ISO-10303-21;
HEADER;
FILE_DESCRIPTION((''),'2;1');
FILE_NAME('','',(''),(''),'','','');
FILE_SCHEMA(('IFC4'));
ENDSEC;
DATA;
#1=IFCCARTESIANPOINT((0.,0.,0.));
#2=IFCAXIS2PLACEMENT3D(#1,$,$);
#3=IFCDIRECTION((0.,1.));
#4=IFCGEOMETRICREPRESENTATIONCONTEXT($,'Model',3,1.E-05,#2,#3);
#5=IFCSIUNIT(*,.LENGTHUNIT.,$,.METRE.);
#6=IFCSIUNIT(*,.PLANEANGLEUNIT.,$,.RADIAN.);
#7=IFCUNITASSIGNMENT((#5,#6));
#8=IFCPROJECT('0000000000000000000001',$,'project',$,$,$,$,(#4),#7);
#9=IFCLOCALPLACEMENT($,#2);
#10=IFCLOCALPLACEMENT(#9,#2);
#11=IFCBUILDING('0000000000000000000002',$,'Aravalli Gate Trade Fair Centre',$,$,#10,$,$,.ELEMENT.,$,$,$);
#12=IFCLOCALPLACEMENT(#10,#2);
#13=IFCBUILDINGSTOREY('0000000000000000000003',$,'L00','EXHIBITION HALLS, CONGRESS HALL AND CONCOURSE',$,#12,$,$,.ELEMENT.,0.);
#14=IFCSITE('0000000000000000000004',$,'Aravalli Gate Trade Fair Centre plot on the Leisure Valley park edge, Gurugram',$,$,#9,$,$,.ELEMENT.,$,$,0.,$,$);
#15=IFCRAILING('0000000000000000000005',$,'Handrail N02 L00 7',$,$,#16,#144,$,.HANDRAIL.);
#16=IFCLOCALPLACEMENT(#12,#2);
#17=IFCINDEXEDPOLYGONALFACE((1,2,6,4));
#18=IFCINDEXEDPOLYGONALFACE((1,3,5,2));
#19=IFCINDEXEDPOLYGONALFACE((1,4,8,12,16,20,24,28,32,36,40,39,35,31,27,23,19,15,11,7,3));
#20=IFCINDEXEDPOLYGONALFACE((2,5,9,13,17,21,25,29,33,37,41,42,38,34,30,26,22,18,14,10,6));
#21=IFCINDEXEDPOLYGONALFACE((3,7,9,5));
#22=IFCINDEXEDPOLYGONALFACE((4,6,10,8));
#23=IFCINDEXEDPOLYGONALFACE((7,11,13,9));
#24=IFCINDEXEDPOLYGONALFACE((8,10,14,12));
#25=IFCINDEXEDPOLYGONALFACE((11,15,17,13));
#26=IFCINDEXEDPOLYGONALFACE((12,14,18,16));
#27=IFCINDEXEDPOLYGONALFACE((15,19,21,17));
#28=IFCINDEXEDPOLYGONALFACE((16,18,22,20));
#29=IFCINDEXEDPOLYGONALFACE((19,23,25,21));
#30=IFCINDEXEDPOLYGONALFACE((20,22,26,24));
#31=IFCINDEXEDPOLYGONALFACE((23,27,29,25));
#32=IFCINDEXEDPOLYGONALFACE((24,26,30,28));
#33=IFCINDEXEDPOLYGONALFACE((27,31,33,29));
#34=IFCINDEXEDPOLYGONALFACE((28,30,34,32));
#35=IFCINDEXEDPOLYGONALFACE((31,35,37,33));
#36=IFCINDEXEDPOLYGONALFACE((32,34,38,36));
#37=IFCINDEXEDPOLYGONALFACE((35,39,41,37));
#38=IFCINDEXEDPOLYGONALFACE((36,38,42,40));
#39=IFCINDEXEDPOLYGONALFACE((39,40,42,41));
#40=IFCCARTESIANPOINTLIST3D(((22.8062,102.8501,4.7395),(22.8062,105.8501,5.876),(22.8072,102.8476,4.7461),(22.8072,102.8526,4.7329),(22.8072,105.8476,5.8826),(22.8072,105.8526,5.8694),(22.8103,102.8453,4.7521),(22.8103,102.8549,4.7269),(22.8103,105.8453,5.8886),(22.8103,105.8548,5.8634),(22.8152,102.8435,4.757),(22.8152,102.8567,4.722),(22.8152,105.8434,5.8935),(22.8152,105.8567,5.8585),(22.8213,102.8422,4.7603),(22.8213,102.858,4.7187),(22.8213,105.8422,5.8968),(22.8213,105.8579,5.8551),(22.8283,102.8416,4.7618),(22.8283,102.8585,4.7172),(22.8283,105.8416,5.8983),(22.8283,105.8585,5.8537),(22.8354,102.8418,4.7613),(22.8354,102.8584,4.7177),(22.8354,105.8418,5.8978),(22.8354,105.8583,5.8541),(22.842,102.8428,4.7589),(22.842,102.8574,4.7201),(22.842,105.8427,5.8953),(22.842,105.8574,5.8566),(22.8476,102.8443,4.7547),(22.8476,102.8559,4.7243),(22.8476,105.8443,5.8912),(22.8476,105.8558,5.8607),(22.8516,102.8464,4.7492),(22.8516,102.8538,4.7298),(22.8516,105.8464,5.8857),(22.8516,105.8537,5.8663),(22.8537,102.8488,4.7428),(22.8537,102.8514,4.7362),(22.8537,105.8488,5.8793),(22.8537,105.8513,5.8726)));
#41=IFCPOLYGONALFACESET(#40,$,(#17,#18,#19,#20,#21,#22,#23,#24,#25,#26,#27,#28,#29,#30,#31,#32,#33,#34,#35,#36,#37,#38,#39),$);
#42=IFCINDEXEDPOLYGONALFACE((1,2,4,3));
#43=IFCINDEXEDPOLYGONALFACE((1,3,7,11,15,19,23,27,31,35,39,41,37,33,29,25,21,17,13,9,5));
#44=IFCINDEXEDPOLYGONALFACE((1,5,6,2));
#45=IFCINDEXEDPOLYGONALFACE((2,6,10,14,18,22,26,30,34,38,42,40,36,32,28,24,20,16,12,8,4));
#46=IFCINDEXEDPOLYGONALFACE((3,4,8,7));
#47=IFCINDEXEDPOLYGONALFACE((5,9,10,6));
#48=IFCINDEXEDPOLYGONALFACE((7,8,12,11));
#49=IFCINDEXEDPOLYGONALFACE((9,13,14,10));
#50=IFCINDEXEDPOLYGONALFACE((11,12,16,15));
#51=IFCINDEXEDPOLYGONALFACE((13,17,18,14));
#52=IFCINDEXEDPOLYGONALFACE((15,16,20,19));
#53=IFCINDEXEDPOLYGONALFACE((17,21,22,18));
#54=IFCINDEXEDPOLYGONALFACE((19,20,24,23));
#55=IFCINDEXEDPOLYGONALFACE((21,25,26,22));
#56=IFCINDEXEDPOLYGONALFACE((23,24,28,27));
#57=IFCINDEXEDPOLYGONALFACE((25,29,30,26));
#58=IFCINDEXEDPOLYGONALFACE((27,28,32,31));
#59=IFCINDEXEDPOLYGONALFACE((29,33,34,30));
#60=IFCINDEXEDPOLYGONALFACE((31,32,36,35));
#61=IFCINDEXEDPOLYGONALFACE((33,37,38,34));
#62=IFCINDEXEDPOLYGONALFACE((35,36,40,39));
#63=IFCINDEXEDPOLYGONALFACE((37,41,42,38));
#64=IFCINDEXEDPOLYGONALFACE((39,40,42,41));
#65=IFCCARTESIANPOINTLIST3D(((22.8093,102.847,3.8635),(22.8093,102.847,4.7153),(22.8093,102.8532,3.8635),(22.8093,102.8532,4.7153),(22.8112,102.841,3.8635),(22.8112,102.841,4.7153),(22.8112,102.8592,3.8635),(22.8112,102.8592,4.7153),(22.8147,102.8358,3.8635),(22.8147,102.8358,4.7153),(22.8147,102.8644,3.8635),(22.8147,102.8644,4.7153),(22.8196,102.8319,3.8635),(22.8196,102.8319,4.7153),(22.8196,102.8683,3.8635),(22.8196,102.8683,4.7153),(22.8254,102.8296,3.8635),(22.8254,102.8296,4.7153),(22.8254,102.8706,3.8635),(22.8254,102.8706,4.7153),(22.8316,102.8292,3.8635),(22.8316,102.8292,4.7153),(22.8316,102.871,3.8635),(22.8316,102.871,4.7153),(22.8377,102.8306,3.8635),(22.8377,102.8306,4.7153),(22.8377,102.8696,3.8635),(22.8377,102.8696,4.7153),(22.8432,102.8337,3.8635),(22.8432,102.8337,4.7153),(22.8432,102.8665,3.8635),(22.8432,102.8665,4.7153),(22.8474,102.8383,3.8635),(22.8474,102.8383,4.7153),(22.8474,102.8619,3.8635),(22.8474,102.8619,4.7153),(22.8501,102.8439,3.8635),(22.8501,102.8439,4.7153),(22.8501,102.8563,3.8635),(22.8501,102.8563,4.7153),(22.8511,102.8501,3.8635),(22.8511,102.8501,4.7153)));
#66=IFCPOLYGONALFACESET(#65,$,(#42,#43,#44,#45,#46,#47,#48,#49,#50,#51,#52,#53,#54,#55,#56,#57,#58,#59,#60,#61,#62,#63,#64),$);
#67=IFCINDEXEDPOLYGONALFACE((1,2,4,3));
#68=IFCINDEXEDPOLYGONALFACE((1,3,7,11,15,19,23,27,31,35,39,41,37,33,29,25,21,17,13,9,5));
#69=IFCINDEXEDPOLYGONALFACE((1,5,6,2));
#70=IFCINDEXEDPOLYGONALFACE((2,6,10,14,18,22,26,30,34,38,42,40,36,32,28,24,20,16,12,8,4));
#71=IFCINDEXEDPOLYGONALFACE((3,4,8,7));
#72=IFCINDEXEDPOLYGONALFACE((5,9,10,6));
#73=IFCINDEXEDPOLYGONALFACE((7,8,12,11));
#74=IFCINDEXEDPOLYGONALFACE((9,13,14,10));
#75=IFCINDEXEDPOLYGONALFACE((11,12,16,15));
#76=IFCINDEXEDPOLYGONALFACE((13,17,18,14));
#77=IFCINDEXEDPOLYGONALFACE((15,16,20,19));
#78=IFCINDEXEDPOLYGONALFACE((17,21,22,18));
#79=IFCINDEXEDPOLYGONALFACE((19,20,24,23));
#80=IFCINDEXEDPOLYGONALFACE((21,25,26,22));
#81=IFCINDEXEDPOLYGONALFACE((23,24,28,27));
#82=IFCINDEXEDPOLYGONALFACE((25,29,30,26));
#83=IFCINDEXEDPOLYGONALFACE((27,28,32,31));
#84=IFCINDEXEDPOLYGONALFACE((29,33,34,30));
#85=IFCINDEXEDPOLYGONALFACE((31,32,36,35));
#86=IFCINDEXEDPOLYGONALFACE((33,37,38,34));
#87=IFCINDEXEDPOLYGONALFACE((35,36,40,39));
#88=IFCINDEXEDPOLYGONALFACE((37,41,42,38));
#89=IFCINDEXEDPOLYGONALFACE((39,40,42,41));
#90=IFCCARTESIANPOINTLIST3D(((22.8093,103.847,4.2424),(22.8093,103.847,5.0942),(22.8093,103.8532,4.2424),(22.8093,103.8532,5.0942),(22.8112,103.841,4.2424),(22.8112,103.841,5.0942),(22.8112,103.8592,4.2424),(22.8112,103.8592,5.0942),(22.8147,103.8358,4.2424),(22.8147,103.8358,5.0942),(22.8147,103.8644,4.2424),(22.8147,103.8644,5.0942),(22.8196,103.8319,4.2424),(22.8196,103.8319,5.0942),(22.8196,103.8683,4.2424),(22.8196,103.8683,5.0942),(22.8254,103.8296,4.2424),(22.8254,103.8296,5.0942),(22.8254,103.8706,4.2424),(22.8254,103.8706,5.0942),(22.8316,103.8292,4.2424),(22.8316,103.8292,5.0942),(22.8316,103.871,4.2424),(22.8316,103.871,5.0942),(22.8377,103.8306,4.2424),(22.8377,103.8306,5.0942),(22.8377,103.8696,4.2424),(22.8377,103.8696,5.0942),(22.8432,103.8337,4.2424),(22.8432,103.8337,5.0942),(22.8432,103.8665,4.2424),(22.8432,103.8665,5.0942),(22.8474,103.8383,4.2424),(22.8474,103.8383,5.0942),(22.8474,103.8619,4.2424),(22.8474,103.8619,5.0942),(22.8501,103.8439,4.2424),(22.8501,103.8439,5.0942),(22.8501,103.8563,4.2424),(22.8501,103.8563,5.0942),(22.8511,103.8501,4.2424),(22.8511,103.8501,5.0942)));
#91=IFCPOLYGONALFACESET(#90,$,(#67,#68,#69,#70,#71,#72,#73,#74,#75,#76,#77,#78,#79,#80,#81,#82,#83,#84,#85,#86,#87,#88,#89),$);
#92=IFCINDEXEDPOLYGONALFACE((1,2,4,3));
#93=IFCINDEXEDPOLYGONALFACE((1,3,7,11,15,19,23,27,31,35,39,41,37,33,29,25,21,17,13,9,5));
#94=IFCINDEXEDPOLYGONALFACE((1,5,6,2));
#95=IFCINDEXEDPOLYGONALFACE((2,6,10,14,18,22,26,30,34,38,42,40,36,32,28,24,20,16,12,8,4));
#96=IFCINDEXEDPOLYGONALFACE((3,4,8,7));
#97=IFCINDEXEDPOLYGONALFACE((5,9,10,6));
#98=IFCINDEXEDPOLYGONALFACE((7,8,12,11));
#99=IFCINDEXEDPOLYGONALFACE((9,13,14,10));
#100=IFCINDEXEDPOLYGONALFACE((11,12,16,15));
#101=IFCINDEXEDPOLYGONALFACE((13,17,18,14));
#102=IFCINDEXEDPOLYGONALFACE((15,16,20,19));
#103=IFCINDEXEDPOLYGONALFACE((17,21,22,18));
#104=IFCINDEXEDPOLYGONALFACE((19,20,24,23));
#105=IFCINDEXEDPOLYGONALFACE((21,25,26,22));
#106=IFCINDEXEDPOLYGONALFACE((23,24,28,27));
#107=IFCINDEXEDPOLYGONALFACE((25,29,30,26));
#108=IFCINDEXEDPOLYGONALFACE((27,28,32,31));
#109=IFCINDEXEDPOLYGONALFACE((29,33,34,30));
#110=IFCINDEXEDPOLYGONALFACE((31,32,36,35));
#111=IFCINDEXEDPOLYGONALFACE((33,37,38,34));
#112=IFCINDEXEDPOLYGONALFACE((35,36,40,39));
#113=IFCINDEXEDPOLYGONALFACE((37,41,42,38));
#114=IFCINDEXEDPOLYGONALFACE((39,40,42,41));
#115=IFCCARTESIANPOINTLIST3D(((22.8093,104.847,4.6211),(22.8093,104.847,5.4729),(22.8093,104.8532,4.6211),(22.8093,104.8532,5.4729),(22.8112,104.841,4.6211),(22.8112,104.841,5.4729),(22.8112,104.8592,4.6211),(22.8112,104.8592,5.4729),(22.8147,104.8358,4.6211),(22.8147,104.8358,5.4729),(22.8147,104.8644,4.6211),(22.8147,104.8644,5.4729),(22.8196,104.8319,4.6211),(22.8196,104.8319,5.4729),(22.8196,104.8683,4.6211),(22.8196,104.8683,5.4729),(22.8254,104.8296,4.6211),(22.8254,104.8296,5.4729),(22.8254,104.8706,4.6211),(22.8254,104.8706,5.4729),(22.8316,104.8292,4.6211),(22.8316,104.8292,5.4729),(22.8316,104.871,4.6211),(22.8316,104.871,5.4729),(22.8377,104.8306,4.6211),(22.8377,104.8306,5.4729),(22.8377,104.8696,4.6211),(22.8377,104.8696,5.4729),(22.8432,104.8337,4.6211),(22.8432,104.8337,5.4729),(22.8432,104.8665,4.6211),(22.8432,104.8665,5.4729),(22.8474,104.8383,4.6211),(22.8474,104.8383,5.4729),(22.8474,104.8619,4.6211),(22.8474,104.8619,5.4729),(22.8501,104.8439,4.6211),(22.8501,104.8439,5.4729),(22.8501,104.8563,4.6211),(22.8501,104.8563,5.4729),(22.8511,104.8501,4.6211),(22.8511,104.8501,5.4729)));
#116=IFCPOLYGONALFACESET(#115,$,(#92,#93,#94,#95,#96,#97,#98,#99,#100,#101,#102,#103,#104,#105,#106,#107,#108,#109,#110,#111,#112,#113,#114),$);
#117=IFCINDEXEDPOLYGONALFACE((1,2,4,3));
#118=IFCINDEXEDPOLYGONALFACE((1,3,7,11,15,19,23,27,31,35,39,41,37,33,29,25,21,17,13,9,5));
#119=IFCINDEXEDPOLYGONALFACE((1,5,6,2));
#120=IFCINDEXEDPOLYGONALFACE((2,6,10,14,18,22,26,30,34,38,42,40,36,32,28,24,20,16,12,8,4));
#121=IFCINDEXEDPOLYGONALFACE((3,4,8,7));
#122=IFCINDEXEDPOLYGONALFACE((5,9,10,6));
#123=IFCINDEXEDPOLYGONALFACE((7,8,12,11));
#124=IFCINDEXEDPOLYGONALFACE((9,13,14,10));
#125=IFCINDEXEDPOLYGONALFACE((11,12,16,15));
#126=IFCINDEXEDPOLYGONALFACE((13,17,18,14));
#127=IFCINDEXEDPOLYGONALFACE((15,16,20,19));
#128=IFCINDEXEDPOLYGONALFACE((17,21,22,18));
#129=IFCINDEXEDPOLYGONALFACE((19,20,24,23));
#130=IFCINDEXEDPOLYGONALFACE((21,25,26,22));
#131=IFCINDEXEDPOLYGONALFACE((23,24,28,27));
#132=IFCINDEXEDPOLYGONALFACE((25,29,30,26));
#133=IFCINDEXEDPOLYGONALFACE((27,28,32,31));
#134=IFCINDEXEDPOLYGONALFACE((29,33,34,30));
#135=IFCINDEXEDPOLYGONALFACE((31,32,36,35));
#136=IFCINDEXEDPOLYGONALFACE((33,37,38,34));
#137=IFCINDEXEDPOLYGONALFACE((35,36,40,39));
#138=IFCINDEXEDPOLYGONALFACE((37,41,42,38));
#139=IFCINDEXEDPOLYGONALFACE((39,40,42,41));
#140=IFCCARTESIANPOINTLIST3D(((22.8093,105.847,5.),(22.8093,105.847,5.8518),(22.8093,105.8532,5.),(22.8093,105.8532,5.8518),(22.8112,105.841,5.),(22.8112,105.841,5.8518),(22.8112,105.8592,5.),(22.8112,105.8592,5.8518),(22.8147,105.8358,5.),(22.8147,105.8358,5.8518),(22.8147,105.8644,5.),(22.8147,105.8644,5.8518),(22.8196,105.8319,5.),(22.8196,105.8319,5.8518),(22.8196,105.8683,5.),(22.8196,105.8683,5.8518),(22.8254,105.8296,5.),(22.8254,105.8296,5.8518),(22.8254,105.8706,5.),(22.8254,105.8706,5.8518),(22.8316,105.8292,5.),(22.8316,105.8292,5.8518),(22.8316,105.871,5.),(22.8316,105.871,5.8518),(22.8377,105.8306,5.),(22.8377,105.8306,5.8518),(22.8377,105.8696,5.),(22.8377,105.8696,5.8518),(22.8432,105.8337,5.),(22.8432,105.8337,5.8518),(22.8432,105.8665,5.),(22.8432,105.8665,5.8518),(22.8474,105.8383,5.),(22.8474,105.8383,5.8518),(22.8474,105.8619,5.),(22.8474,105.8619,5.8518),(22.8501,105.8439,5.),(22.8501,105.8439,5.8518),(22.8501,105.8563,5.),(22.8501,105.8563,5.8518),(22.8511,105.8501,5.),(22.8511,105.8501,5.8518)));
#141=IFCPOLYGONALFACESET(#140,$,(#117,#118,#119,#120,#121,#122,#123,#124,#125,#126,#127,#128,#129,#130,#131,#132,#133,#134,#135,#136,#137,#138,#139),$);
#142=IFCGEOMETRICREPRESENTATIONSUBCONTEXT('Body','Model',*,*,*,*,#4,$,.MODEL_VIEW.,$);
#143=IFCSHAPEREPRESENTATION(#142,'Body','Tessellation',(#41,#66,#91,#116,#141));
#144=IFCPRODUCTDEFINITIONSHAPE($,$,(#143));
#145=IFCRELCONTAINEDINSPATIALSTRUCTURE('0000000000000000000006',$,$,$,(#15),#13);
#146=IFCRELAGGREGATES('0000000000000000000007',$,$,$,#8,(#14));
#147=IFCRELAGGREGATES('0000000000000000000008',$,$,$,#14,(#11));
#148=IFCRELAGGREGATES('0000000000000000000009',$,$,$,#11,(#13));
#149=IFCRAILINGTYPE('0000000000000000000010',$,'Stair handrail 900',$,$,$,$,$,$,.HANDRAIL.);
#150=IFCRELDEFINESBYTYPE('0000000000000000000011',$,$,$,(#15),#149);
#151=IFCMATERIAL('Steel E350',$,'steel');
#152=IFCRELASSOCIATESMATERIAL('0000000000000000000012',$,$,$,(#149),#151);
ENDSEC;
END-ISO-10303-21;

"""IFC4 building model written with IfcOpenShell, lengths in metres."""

from ifc_helpers import new_model, si_unit, direction, frame, origin, origin_2d, place, context, subcontext, project, spatial, circle, extrude, material, type_object, element, save


model = new_model("IFC4")

# Units and contexts
model_context = context("Model", 3, precision=1e-05, world=origin(), true_north=direction((0.0, 1.0)))
body_context = subcontext(model_context, "Body", "Model", "MODEL_VIEW")
ifc_project = project(units=[si_unit("LENGTHUNIT", "METRE"), si_unit("PLANEANGLEUNIT", "RADIAN")], contexts=[model_context])

# Site, building, storey
site_placement = place(None, origin())
site = spatial("IfcSite", under=ifc_project, at=site_placement, Name="Aravalli Gate Trade Fair Centre plot on the Leisure Valley park edge, Gurugram", CompositionType="ELEMENT", RefElevation=0.0)
building_placement = place(site_placement, origin())
building = spatial("IfcBuilding", under=site, at=building_placement, Name="Aravalli Gate Trade Fair Centre", CompositionType="ELEMENT")
storey_placement = place(building_placement, origin())
storey = spatial("IfcBuildingStorey", under=building, at=storey_placement, Name="L00", Description="EXHIBITION HALLS, CONGRESS HALL AND CONCOURSE", CompositionType="ELEMENT", Elevation=0.0)

# Railing
ifc_material_1 = material(Name="Steel E350", Category="steel")
railing_type = type_object("IfcRailingType", Name="Stair handrail 900", PredefinedType="HANDRAIL", material=ifc_material_1)
for number, where, name in (
    (1, (22.8301, 102.8501, 3.8635), "Handrail N02 L00 7"),
):
    element("IfcRailing", number, at=place(storey_placement, frame(where)), inside=storey, type_object=railing_type, Name=name, PredefinedType="HANDRAIL", context=body_context, shape_type="SweptSolid", body=[
        extrude(circle(Radius=0.0239, at=origin_2d()), frame((0.0, 0.0, 0.876), z_axis=(0.0, 0.935148, 0.354257), x_axis=(-1.0, 0.0, 0.0)), (0.0, 0.0, 1.0), 3.208),
        extrude(circle(Radius=0.021, at=origin_2d()), origin(), (0.0, 0.0, 1.0), 0.8518),
        extrude(circle(Radius=0.021, at=origin_2d()), frame((0.0, 1.0, 0.3789)), (0.0, 0.0, 1.0), 0.8518),
        extrude(circle(Radius=0.021, at=origin_2d()), frame((0.0, 2.0, 0.7576)), (0.0, 0.0, 1.0), 0.8518),
        extrude(circle(Radius=0.021, at=origin_2d()), frame((0.0, 3.0, 1.1365)), (0.0, 0.0, 1.0), 0.8518),
    ])

save(model, "model.ifc")
